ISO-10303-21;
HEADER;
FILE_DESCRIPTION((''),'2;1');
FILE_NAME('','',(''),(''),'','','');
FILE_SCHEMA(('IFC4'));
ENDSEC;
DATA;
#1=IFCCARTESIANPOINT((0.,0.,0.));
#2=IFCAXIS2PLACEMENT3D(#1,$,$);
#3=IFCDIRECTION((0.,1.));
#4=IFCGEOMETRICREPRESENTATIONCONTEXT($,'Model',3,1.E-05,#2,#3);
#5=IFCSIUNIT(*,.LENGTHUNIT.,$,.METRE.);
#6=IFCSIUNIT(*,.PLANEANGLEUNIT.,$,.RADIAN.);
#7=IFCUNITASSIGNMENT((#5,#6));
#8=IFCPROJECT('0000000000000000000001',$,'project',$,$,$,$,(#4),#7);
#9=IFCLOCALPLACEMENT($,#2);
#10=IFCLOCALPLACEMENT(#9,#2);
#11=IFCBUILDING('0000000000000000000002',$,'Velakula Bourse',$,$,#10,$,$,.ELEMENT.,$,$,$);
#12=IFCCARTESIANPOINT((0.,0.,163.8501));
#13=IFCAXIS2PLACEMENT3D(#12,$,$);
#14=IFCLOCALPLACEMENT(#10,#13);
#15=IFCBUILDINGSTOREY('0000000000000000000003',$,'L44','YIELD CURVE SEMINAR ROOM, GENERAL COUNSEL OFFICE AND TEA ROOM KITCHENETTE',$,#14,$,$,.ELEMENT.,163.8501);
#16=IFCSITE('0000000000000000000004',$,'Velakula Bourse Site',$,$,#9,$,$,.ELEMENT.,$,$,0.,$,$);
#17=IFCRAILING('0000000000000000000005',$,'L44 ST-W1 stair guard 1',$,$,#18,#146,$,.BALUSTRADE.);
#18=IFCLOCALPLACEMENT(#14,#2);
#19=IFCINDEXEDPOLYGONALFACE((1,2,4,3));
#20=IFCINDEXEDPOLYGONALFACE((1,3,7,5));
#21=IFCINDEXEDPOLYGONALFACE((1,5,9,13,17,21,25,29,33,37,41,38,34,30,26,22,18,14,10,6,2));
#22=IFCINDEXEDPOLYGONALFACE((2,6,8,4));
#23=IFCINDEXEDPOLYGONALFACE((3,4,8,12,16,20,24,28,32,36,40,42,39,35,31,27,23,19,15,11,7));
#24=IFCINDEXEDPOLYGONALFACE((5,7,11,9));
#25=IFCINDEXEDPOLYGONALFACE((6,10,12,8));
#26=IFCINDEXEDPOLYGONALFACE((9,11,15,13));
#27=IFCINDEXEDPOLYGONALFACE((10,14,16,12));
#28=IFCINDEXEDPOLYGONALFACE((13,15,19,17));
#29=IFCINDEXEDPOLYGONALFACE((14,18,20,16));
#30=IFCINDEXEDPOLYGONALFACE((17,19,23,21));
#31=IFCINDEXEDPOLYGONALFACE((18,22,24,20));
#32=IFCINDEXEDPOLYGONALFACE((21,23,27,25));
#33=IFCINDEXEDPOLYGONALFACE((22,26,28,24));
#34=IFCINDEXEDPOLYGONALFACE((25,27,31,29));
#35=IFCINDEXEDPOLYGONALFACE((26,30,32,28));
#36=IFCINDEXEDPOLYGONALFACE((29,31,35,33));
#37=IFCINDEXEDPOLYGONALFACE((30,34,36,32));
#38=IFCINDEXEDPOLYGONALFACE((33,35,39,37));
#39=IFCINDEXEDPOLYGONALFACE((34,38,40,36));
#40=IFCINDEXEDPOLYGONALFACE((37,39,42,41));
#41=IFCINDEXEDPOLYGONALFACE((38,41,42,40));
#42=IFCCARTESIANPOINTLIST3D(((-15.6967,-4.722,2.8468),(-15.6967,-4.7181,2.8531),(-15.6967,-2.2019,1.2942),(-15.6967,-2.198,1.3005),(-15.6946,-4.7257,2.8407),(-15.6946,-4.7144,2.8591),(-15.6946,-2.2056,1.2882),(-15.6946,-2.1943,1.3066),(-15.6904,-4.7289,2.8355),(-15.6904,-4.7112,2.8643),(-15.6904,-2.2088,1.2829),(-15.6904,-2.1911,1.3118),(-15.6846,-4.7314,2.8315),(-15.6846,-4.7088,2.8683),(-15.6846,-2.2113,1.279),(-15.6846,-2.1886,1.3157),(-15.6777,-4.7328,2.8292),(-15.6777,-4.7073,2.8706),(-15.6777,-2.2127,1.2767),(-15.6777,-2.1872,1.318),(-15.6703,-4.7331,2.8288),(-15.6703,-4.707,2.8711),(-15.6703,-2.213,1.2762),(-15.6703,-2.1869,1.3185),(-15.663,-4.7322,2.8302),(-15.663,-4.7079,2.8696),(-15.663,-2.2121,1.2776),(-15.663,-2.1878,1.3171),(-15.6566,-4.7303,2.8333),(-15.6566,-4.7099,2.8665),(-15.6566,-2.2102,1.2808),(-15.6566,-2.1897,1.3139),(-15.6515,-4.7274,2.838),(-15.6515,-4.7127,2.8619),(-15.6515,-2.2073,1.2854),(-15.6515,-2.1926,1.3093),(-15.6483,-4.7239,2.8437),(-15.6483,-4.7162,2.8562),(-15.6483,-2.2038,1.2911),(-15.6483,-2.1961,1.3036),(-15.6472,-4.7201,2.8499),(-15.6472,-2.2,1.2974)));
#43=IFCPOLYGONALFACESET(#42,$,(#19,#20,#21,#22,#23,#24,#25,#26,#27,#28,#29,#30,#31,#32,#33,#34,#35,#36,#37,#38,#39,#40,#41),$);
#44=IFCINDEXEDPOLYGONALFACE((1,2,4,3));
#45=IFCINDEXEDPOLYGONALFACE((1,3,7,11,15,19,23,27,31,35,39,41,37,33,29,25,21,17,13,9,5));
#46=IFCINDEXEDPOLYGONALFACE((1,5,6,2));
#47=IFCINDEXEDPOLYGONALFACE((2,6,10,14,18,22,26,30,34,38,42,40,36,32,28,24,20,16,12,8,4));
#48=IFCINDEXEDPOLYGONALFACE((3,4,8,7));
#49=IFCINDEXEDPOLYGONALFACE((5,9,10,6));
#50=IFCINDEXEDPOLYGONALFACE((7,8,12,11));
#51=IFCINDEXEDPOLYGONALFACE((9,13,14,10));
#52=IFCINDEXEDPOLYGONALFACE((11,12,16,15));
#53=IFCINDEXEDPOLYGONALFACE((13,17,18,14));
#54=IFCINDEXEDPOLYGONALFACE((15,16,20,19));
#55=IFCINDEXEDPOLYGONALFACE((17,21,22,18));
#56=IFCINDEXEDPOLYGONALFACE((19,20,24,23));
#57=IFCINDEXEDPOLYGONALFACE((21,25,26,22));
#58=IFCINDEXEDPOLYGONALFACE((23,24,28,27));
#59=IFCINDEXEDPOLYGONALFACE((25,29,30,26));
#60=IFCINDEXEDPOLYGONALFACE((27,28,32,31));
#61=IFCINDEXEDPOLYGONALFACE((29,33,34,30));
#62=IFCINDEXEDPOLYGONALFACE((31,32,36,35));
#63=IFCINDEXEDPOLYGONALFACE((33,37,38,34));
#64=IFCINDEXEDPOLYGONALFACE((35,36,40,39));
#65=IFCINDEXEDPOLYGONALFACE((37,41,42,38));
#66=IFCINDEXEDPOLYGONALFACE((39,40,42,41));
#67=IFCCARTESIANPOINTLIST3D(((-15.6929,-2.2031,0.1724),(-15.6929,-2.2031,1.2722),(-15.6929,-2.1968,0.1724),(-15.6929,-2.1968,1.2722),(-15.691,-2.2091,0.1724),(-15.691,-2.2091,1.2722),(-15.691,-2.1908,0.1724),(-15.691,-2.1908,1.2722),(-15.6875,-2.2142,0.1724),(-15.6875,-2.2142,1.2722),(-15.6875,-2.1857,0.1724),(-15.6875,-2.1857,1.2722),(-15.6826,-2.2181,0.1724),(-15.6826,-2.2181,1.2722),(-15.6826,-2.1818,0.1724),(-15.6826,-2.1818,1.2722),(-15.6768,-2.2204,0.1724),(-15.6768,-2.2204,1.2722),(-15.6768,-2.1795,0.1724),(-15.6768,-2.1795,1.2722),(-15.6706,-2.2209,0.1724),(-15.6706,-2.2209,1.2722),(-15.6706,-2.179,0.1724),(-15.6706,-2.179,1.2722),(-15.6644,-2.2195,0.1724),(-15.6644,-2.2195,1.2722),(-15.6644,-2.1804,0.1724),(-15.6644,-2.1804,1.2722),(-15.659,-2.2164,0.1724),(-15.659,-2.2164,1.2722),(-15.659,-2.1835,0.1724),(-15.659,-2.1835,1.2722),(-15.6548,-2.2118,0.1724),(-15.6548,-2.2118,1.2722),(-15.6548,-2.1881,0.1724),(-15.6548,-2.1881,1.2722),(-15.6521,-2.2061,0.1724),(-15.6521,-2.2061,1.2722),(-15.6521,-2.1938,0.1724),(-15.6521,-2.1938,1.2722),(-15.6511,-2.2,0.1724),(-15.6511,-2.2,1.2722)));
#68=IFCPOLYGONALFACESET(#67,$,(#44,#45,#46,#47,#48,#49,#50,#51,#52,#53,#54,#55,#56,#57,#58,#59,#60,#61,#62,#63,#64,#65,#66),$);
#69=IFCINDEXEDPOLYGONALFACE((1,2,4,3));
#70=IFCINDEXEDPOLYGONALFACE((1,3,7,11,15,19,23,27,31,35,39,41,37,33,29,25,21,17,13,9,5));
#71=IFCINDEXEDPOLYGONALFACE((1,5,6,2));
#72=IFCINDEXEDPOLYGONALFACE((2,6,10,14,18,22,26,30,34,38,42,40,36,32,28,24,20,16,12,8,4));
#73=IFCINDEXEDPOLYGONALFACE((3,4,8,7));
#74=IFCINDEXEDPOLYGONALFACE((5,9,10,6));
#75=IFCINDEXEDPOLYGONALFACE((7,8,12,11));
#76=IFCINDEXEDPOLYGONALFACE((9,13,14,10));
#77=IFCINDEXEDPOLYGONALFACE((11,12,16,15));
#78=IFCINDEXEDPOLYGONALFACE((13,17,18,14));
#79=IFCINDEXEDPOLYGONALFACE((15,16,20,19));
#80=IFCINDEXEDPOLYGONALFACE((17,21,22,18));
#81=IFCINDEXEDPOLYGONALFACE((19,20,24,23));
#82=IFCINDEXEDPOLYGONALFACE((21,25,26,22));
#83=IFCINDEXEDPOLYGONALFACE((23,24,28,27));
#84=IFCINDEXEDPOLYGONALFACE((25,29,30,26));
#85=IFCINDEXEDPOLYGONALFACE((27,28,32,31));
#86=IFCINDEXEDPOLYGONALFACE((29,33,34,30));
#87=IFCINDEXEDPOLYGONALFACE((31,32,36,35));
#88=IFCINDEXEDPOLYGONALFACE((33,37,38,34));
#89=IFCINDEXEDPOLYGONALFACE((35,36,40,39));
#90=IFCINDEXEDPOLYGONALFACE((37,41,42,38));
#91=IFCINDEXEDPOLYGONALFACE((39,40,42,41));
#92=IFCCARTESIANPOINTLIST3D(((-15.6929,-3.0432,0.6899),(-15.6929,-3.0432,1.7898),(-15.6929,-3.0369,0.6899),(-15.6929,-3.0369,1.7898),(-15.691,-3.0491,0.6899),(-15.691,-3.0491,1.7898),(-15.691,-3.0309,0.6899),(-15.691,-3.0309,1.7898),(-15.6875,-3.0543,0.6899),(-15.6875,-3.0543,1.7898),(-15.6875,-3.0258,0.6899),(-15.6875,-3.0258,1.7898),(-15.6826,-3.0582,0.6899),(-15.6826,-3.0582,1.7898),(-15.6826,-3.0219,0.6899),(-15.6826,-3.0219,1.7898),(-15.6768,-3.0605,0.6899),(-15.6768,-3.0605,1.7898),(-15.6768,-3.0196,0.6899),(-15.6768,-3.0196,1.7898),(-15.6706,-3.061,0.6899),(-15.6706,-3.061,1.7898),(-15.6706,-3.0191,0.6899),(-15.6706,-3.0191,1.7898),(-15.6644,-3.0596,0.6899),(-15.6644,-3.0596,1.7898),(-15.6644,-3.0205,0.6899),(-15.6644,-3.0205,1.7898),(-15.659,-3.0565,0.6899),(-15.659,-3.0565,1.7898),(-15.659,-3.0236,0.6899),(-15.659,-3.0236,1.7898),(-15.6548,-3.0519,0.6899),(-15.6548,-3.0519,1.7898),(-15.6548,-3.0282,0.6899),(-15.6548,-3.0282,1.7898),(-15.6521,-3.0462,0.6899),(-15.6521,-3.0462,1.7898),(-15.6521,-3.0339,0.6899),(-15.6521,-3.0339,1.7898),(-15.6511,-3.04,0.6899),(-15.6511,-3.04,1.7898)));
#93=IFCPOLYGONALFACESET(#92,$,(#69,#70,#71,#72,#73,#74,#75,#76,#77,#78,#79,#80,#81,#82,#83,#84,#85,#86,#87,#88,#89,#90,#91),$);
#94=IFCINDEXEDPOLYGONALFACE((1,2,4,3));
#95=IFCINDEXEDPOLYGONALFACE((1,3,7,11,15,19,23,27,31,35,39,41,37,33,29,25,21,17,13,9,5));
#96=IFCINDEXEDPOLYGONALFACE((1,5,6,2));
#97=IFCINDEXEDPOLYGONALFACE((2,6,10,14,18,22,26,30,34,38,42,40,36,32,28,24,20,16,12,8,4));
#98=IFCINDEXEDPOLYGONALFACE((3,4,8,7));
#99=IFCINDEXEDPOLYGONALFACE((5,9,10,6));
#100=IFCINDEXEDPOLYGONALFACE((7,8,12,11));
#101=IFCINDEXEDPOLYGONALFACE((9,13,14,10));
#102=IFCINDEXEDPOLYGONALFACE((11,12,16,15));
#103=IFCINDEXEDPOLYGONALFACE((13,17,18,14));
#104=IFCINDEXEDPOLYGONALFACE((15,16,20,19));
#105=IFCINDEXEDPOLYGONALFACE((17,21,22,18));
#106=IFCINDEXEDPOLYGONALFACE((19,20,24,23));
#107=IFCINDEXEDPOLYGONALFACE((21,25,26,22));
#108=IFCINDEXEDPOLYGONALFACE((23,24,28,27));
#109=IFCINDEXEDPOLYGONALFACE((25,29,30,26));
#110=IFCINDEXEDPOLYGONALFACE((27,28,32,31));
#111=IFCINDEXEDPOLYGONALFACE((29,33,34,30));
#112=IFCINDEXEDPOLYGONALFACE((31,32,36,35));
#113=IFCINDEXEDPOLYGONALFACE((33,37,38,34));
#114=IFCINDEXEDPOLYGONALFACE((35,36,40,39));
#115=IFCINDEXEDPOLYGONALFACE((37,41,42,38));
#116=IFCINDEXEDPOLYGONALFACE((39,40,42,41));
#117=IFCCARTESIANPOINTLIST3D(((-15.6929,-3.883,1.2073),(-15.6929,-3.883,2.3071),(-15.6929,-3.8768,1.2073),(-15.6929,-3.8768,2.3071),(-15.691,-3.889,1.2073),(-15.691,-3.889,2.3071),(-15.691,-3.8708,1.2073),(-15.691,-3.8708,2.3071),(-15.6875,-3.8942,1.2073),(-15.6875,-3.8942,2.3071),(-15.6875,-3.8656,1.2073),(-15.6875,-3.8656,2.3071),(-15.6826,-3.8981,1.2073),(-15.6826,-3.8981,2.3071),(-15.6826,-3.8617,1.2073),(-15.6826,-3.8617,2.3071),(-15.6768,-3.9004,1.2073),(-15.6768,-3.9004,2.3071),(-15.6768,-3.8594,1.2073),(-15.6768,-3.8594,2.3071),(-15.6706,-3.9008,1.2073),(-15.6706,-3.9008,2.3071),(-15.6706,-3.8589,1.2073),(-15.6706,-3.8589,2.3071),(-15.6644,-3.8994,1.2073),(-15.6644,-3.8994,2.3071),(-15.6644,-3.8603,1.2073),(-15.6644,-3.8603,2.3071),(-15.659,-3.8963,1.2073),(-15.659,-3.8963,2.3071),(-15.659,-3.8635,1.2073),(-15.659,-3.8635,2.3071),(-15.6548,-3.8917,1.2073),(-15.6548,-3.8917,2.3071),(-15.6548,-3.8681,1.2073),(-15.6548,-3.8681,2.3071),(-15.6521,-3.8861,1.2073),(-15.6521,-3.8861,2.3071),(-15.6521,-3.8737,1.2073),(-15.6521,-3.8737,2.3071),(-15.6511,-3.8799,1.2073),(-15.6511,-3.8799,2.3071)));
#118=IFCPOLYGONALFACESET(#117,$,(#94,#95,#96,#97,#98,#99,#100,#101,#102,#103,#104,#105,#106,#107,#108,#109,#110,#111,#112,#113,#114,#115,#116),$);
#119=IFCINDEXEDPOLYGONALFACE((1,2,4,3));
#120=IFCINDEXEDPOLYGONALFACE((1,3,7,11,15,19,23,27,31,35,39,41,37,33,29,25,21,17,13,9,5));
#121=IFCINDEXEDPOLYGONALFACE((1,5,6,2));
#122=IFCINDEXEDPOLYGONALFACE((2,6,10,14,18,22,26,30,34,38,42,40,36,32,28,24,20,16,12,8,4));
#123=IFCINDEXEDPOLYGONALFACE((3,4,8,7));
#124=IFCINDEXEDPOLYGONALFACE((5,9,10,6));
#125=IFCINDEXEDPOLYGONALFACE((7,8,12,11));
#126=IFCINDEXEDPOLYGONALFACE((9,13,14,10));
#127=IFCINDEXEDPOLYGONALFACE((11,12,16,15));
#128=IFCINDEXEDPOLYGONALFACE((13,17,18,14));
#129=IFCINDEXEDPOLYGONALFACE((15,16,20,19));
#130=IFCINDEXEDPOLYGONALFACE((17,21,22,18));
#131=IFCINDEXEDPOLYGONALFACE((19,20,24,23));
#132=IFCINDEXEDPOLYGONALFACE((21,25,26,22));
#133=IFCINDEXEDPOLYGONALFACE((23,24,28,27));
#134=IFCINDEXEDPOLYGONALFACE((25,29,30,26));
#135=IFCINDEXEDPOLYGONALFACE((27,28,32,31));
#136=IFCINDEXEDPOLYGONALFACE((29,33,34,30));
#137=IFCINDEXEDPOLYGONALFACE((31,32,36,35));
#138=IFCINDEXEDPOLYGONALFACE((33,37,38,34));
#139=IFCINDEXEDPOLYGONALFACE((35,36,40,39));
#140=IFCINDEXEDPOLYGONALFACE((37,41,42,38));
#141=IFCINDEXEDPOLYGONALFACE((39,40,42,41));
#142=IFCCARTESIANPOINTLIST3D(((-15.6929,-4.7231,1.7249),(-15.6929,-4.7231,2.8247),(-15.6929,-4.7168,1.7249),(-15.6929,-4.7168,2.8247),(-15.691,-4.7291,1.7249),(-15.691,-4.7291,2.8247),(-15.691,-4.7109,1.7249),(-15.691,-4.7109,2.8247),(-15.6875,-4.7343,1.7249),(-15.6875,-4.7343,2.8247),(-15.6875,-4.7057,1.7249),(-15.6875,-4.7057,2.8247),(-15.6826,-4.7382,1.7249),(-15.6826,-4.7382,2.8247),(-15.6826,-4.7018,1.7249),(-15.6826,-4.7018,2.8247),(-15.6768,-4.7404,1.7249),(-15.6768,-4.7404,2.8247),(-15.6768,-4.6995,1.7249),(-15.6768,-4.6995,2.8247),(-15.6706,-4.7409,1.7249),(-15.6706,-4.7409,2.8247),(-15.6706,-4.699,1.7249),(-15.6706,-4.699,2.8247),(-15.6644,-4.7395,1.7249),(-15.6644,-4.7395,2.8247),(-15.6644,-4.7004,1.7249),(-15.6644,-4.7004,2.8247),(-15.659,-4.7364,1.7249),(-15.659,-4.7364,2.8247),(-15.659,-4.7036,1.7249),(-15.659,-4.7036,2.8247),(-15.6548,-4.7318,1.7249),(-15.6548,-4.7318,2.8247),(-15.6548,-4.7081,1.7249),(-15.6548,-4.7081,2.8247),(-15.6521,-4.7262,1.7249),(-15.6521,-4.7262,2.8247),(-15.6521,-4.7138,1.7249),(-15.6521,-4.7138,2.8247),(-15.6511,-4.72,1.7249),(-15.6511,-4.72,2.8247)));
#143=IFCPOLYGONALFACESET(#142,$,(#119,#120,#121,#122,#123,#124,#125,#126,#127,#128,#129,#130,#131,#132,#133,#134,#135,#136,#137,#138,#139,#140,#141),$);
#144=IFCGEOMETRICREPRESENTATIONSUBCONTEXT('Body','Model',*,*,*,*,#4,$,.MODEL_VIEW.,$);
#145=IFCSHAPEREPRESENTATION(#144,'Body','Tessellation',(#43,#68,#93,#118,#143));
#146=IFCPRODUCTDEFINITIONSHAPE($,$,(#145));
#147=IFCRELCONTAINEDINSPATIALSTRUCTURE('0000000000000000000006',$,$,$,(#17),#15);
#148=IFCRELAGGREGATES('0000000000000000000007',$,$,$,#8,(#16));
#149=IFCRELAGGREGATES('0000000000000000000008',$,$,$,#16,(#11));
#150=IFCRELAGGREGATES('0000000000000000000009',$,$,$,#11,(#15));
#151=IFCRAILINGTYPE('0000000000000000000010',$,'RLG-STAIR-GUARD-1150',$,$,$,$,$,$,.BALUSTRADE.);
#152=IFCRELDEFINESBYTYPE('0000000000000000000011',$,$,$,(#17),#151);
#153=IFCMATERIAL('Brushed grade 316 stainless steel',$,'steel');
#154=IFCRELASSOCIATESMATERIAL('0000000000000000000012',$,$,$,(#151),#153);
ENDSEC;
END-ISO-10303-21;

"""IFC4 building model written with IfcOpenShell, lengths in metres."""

from ifc_helpers import new_model, si_unit, direction, frame, origin, origin_2d, place, context, subcontext, project, spatial, circle, extrude, material, type_object, element, save


model = new_model("IFC4")

# Units and contexts
model_context = context("Model", 3, precision=1e-05, world=origin(), true_north=direction((0.0, 1.0)))
body_context = subcontext(model_context, "Body", "Model", "MODEL_VIEW")
ifc_project = project(units=[si_unit("LENGTHUNIT", "METRE"), si_unit("PLANEANGLEUNIT", "RADIAN")], contexts=[model_context])

# Site, building, storey
site_placement = place(None, origin())
site = spatial("IfcSite", under=ifc_project, at=site_placement, Name="Velakula Bourse Site", CompositionType="ELEMENT", RefElevation=0.0)
building_placement = place(site_placement, origin())
building = spatial("IfcBuilding", under=site, at=building_placement, Name="Velakula Bourse", CompositionType="ELEMENT")
storey_placement = place(building_placement, frame((0.0, 0.0, 163.8501)))
storey = spatial("IfcBuildingStorey", under=building, at=storey_placement, Name="L44", Description="YIELD CURVE SEMINAR ROOM, GENERAL COUNSEL OFFICE AND TEA ROOM KITCHENETTE", CompositionType="ELEMENT", Elevation=163.8501)

# Railing
ifc_material_1 = material(Name="Brushed grade 316 stainless steel", Category="steel")
railing_type_1 = type_object("IfcRailingType", Name="RLG-STAIR-GUARD-1150", PredefinedType="BALUSTRADE", material=ifc_material_1)
railing_1_placement = place(storey_placement, frame((-15.6721, -2.2, 0.1724)))
element("IfcRailing", 1, at=railing_1_placement, inside=storey, type_object=railing_type_1, Name="L44 ST-W1 stair guard 1", PredefinedType="BALUSTRADE", context=body_context, shape_type="SweptSolid", body=[
    extrude(circle(Radius=0.0249, at=origin_2d()), frame((0.0, 0.0, 1.125), z_axis=(0.0, -0.8514, 0.524516), x_axis=(1.0, 0.0, 0.0)), (0.0, 0.0, 1.0), 2.96),
    extrude(circle(Radius=0.021, at=origin_2d()), origin(), (0.0, 0.0, 1.0), 1.0999),
    extrude(circle(Radius=0.021, at=origin_2d()), frame((0.0, -0.8401, 0.5176)), (0.0, 0.0, 1.0), 1.0999),
    extrude(circle(Radius=0.021, at=origin_2d()), frame((0.0, -1.6799, 1.0349)), (0.0, 0.0, 1.0), 1.0999),
    extrude(circle(Radius=0.021, at=origin_2d()), frame((0.0, -2.52, 1.5525)), (0.0, 0.0, 1.0), 1.0999),
])

save(model, "model.ifc")
